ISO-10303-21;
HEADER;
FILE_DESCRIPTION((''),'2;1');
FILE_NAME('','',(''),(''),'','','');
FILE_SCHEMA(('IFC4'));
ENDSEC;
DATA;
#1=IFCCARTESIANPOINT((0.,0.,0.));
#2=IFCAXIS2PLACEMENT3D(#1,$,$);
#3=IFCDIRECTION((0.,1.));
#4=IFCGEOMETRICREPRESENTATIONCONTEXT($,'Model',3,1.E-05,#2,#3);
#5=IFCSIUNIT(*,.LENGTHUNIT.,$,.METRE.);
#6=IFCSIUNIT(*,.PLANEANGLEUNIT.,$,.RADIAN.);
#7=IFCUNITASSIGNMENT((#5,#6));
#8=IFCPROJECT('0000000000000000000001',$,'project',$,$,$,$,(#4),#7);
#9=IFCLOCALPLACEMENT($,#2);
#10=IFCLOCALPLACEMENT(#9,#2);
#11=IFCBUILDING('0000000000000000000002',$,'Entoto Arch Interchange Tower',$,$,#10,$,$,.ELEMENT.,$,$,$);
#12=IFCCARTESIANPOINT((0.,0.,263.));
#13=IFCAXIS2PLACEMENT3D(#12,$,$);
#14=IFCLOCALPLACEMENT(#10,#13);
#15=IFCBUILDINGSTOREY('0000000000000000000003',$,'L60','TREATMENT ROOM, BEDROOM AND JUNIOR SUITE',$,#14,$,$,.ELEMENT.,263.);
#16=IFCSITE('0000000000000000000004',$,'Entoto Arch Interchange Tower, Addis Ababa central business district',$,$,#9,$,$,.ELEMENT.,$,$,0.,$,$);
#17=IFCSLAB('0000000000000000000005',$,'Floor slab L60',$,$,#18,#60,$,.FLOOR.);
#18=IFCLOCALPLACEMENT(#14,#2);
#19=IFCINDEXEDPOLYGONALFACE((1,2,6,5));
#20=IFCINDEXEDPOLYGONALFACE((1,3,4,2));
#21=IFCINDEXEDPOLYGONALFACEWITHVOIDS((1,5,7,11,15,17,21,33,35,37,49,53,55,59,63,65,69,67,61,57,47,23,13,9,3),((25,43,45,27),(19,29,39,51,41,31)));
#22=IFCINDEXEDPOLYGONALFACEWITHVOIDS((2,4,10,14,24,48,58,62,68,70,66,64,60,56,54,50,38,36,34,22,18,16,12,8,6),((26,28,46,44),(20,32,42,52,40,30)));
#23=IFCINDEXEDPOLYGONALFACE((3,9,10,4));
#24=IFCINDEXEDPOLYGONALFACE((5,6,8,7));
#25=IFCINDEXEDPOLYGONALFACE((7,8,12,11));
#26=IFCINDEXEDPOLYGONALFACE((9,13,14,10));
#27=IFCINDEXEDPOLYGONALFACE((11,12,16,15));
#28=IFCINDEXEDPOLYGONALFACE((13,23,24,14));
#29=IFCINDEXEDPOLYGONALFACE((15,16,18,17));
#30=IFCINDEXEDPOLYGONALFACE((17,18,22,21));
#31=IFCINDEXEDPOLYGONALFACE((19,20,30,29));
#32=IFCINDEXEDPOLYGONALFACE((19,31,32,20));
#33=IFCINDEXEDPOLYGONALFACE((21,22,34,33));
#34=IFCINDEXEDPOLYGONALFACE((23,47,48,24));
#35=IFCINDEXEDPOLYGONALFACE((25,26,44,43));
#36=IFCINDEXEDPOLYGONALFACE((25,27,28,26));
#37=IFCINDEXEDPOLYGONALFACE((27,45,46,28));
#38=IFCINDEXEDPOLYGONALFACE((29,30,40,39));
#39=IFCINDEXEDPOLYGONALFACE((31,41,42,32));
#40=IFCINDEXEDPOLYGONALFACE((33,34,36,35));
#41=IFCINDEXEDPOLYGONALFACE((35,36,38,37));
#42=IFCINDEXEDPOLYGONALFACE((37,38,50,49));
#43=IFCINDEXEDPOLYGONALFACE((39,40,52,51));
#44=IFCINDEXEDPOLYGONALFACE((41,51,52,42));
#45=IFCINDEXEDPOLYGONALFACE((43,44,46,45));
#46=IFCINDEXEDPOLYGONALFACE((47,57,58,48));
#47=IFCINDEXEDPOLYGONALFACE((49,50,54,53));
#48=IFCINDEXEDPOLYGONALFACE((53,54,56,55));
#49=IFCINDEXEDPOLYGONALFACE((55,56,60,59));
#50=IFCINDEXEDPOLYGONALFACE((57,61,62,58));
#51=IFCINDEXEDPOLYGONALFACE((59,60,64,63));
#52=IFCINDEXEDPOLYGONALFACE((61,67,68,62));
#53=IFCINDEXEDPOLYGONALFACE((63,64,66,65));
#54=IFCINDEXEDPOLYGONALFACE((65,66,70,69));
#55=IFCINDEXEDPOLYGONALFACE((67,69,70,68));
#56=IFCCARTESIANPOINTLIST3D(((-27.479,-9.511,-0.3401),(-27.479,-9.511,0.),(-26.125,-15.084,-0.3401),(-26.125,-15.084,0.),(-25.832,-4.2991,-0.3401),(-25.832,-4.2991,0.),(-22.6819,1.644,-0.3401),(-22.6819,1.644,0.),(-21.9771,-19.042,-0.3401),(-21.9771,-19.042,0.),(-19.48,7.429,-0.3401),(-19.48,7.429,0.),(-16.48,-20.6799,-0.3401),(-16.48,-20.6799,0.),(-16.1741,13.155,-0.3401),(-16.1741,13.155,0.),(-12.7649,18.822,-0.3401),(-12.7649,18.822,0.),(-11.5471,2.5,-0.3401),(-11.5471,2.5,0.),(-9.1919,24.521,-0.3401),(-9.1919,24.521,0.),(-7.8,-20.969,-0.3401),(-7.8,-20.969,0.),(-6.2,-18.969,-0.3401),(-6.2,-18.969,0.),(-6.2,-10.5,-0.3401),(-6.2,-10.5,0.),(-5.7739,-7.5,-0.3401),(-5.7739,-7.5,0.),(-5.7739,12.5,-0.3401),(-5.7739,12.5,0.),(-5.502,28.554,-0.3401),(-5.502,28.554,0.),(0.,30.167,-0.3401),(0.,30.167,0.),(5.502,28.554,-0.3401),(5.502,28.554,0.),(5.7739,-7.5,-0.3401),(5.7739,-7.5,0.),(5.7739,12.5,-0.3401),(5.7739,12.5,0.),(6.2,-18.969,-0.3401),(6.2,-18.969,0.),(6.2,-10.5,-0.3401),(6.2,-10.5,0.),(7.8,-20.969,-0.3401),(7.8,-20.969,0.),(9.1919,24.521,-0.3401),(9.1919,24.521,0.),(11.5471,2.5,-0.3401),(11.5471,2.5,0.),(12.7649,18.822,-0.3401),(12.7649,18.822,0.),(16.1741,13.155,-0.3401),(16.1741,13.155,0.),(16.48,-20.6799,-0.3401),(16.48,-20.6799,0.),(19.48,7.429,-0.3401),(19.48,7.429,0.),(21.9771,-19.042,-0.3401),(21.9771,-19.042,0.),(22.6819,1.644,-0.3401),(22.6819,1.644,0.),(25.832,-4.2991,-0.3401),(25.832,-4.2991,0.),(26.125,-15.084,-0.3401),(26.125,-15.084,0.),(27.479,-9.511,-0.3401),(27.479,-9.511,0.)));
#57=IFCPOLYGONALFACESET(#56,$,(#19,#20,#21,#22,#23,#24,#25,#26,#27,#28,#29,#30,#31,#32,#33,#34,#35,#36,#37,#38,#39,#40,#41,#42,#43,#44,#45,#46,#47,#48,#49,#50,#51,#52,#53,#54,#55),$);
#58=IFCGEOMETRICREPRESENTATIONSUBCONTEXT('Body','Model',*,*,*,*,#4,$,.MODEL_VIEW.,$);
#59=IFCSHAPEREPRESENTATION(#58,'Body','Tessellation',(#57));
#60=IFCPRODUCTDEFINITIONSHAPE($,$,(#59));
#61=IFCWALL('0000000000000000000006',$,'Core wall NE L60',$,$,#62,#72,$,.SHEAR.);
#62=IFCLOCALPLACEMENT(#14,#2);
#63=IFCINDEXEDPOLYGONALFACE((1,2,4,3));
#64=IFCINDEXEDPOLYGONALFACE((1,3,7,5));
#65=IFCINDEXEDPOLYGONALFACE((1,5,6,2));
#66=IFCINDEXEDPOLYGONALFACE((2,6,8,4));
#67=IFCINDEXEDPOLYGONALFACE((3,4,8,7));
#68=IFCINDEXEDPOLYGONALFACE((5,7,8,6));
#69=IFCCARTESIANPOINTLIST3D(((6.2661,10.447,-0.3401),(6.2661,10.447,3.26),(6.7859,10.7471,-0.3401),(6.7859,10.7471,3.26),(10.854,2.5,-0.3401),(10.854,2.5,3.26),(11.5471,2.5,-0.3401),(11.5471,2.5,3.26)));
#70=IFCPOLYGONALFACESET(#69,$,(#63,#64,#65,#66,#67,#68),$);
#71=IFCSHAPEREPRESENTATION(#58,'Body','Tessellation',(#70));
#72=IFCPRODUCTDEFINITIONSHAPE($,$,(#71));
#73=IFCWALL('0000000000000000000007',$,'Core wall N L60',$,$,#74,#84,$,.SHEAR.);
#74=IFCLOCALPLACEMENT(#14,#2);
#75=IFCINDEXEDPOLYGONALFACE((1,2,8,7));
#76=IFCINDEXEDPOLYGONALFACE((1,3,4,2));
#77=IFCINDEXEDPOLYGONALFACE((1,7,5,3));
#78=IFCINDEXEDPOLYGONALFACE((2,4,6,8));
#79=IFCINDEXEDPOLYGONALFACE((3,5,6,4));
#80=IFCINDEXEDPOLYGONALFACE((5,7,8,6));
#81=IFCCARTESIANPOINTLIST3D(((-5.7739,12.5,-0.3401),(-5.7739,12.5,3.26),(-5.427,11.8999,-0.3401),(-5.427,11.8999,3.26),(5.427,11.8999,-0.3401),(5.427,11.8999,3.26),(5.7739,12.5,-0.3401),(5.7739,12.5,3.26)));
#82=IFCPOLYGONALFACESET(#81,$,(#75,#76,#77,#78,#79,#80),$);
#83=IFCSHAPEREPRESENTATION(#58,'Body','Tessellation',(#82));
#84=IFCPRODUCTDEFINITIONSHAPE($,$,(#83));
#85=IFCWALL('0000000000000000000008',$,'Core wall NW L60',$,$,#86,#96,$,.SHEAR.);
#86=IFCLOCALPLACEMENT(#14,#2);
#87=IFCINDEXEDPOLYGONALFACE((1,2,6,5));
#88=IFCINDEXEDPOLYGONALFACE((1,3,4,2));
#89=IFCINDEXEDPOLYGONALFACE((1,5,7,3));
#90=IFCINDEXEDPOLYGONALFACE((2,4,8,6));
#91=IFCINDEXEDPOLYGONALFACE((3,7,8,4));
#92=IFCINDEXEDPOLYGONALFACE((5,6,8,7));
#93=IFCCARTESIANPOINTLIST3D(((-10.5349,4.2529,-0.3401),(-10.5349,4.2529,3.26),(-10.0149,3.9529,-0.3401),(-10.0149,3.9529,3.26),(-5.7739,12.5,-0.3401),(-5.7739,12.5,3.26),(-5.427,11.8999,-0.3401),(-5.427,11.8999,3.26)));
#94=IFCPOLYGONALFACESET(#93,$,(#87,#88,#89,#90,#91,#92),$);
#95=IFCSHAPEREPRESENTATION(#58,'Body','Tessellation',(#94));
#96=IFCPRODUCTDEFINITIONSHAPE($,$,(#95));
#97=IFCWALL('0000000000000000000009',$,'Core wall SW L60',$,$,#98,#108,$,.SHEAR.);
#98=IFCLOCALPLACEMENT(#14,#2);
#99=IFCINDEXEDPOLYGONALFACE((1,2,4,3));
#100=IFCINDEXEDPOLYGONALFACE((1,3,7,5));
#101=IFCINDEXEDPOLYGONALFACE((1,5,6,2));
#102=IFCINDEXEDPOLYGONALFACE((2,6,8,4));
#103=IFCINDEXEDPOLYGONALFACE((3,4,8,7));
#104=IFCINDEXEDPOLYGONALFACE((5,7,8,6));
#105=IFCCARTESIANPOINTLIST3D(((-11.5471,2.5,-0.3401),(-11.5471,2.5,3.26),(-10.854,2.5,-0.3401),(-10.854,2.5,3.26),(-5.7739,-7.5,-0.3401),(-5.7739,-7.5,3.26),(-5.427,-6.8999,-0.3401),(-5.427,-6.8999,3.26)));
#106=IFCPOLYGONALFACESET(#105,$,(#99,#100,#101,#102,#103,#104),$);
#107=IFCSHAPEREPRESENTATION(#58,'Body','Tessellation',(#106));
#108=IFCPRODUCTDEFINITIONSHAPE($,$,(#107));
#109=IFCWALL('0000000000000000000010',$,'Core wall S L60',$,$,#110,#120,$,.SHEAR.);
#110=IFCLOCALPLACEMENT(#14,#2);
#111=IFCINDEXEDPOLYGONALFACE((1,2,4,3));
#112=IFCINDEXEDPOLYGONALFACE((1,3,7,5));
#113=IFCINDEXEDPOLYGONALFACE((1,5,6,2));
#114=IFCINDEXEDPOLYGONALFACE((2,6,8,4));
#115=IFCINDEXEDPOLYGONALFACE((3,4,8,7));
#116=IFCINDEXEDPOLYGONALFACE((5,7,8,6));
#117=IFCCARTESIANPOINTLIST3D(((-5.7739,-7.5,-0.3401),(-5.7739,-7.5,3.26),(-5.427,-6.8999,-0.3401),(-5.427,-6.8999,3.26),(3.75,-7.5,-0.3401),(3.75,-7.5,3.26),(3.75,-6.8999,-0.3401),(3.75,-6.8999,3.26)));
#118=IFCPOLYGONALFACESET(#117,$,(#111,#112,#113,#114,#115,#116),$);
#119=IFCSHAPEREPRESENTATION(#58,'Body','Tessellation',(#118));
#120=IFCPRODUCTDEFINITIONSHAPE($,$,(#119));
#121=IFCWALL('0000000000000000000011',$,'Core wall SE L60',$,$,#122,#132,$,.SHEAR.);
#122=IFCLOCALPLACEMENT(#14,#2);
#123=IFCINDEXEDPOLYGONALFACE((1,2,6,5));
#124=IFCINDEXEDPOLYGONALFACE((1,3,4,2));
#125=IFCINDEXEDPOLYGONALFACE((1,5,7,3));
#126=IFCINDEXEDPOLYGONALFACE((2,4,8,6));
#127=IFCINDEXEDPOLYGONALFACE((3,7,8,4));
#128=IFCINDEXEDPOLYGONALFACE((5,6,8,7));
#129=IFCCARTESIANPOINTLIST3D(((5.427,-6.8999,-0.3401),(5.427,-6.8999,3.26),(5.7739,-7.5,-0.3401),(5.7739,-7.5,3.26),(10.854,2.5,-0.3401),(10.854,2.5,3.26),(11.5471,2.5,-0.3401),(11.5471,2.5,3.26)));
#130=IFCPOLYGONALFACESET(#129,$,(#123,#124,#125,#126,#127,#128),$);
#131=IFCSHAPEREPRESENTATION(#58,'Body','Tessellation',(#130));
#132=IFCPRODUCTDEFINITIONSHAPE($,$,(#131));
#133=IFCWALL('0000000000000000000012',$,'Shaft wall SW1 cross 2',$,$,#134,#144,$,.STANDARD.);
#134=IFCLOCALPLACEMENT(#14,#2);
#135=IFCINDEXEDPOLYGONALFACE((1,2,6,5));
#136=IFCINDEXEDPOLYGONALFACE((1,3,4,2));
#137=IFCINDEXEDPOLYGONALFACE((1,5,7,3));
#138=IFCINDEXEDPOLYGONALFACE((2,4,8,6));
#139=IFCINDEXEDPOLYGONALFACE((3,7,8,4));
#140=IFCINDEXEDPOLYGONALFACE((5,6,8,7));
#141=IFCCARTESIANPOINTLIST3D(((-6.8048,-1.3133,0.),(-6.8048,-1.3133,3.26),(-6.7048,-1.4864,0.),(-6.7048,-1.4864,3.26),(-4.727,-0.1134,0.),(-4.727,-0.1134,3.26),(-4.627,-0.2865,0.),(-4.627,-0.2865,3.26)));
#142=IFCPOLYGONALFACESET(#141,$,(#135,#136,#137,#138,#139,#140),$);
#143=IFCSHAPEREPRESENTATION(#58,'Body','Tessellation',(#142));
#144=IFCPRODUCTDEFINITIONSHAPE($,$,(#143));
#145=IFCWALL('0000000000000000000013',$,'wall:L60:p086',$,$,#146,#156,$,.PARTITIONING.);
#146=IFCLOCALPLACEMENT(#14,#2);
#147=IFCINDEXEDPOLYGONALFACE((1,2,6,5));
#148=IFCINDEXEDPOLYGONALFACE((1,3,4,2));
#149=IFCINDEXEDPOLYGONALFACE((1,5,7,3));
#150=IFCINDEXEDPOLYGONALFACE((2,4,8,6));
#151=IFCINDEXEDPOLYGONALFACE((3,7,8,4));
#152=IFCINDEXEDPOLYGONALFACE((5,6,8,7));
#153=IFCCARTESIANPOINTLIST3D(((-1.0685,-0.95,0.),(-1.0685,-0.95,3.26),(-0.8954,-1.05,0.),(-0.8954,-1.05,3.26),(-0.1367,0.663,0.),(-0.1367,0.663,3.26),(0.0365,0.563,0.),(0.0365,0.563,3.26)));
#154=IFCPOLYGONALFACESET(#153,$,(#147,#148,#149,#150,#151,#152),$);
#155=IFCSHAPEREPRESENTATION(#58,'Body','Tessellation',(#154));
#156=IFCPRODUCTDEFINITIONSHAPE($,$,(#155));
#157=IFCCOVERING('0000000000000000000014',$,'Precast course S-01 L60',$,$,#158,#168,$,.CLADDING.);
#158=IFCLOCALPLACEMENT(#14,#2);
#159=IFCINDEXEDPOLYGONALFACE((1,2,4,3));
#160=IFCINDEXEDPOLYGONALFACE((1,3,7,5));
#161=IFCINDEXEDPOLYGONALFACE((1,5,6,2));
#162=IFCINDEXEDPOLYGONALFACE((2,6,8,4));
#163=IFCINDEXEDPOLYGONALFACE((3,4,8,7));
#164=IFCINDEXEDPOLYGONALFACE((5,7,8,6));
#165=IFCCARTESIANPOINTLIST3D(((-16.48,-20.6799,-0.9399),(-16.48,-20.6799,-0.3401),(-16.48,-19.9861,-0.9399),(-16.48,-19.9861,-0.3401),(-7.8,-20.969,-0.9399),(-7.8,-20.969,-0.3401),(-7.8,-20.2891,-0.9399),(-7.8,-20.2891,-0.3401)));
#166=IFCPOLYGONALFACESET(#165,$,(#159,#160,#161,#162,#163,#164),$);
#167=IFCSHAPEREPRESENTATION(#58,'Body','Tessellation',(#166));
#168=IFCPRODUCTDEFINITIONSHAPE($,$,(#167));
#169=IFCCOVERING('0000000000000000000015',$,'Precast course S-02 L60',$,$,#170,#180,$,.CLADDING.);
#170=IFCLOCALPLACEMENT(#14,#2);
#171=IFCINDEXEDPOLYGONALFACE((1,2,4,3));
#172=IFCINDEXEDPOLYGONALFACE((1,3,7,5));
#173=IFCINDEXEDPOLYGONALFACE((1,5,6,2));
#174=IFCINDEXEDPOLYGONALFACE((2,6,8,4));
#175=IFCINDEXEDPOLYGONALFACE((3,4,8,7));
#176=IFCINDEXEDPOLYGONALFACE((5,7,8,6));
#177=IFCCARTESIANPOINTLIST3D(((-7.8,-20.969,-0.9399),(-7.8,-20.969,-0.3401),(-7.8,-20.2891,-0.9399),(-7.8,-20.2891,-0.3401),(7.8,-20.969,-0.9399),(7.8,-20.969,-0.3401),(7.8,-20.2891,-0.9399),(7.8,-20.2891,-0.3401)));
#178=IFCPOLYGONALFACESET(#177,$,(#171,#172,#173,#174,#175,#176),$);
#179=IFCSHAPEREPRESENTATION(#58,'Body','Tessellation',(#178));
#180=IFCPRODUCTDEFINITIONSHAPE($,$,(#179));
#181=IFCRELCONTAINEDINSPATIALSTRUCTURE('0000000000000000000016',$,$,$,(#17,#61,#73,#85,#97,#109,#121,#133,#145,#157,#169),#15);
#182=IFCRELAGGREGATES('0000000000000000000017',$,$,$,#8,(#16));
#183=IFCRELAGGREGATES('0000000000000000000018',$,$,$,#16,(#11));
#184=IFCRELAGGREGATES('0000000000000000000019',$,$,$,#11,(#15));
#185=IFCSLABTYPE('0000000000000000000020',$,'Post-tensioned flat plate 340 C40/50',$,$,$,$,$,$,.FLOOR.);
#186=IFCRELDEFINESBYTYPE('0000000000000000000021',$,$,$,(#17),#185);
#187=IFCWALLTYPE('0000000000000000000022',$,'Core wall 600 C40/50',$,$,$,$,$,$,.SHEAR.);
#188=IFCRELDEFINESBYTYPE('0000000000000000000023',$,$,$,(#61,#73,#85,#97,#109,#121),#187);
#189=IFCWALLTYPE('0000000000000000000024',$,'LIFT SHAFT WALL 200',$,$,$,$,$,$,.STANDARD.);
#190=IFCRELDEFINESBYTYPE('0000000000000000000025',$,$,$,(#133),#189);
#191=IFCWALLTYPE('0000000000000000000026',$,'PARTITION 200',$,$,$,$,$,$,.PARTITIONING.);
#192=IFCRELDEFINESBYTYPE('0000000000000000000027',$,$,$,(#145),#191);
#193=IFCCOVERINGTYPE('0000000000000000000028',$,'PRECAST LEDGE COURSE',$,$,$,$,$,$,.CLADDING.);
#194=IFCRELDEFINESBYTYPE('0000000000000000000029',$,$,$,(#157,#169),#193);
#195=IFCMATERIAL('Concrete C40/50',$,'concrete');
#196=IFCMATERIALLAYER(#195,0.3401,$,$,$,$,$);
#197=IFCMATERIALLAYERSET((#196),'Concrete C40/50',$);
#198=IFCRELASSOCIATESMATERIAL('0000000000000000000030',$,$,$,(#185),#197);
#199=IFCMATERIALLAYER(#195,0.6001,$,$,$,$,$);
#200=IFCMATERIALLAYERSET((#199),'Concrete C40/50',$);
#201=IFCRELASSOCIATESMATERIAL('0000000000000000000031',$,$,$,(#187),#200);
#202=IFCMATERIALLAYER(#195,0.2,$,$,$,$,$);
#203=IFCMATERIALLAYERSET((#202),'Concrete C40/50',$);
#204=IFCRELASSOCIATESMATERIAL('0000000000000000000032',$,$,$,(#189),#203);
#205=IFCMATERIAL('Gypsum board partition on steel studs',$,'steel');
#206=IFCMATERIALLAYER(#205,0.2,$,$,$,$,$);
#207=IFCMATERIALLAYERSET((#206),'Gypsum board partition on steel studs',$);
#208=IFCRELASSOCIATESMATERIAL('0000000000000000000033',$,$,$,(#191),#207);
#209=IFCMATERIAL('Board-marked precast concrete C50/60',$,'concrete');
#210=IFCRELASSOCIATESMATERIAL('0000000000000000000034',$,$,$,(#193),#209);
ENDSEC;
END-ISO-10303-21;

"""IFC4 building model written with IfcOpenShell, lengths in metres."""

from ifc_helpers import new_model, si_unit, direction, frame, frame_2d, origin, place, context, subcontext, project, spatial, polyline, rectangle, outline, extrude, material, layer, layer_set, type_object, element, save


model = new_model("IFC4")

# Units and contexts
model_context = context("Model", 3, precision=1e-05, world=origin(), true_north=direction((0.0, 1.0)))
body_context = subcontext(model_context, "Body", "Model", "MODEL_VIEW")
ifc_project = project(units=[si_unit("LENGTHUNIT", "METRE"), si_unit("PLANEANGLEUNIT", "RADIAN")], contexts=[model_context])

# Site, building, storey
site_placement = place(None, origin())
site = spatial("IfcSite", under=ifc_project, at=site_placement, Name="Entoto Arch Interchange Tower, Addis Ababa central business district", CompositionType="ELEMENT", RefElevation=0.0)
building_placement = place(site_placement, origin())
building = spatial("IfcBuilding", under=site, at=building_placement, Name="Entoto Arch Interchange Tower", CompositionType="ELEMENT")
storey_placement = place(building_placement, frame((0.0, 0.0, 263.0)))
storey = spatial("IfcBuildingStorey", under=building, at=storey_placement, Name="L60", Description="TREATMENT ROOM, BEDROOM AND JUNIOR SUITE", CompositionType="ELEMENT", Elevation=263.0)

# Slab
ifc_material_1 = material(Name="Concrete C40/50", Category="concrete")
ifc_layer_1 = layer(ifc_material_1, 0.3401)
ifc_layer_set_1 = layer_set([ifc_layer_1], Name="Concrete C40/50")
slab_type = type_object("IfcSlabType", Name="Post-tensioned flat plate 340 C40/50", PredefinedType="FLOOR", material=ifc_layer_set_1)
slab_placement = place(storey_placement, frame((0.0, 0.0, -0.3401)))
element("IfcSlab", 1, at=slab_placement, inside=storey, type_object=slab_type, Name="Floor slab L60", PredefinedType="FLOOR", context=body_context, shape_type="SweptSolid", body=[
    extrude(outline(polyline([(-16.48, -20.6799), (-7.8, -20.969), (7.8, -20.969), (16.48, -20.6799), (21.9771, -19.042), (26.125, -15.084), (27.479, -9.511), (25.832, -4.2991), (22.6819, 1.644), (19.48, 7.429), (16.1741, 13.155), (12.7649, 18.822), (9.1919, 24.521), (5.502, 28.554), (0.0, 30.167), (-5.502, 28.554), (-9.1919, 24.521), (-12.7649, 18.822), (-16.1741, 13.155), (-19.48, 7.429), (-22.6819, 1.644), (-25.832, -4.2991), (-27.479, -9.511), (-26.125, -15.084), (-21.9771, -19.042), (-16.48, -20.6799)]), holes=[polyline([(6.2, -18.969), (6.2, -10.5), (-6.2, -10.5), (-6.2, -18.969), (6.2, -18.969)]), polyline([(11.5471, 2.5), (5.7739, 12.5), (-5.7739, 12.5), (-11.5471, 2.5), (-5.7739, -7.5), (5.7739, -7.5), (11.5471, 2.5)])]), origin(), (0.0, 0.0, 1.0), 0.3401),
])

# Walls
ifc_layer_2 = layer(ifc_material_1, 0.6001)
ifc_layer_set_2 = layer_set([ifc_layer_2], Name="Concrete C40/50")
wall_type_1 = type_object("IfcWallType", Name="Core wall 600 C40/50", PredefinedType="SHEAR", material=ifc_layer_set_2)
wall_1_placement = place(storey_placement, frame((0.0, 0.0, -0.3401)))
element("IfcWall", 2, at=wall_1_placement, inside=storey, type_object=wall_type_1, Name="Core wall NE L60", PredefinedType="SHEAR", context=body_context, shape_type="SweptSolid", body=[
    extrude(outline(polyline([(6.7859, 10.7471), (6.2661, 10.447), (10.854, 2.5), (11.5471, 2.5), (6.7859, 10.7471)])), origin(), (0.0, 0.0, 1.0), 3.6001),
])
wall_2_placement = place(storey_placement, frame((0.0, 0.0, -0.3401)))
element("IfcWall", 3, at=wall_2_placement, inside=storey, type_object=wall_type_1, Name="Core wall N L60", PredefinedType="SHEAR", context=body_context, shape_type="SweptSolid", body=[
    extrude(outline(polyline([(5.7739, 12.5), (-5.7739, 12.5), (-5.427, 11.8999), (5.427, 11.8999), (5.7739, 12.5)])), origin(), (0.0, 0.0, 1.0), 3.6001),
])
wall_3_placement = place(storey_placement, frame((0.0, 0.0, -0.3401)))
element("IfcWall", 4, at=wall_3_placement, inside=storey, type_object=wall_type_1, Name="Core wall NW L60", PredefinedType="SHEAR", context=body_context, shape_type="SweptSolid", body=[
    extrude(outline(polyline([(-10.5349, 4.2529), (-10.0149, 3.9529), (-5.427, 11.8999), (-5.7739, 12.5), (-10.5349, 4.2529)])), origin(), (0.0, 0.0, 1.0), 3.6001),
])
wall_4_placement = place(storey_placement, frame((0.0, 0.0, -0.3401)))
element("IfcWall", 5, at=wall_4_placement, inside=storey, type_object=wall_type_1, Name="Core wall SW L60", PredefinedType="SHEAR", context=body_context, shape_type="SweptSolid", body=[
    extrude(outline(polyline([(-11.5471, 2.5), (-5.7739, -7.5), (-5.427, -6.8999), (-10.854, 2.5), (-11.5471, 2.5)])), origin(), (0.0, 0.0, 1.0), 3.6001),
])
wall_5_placement = place(storey_placement, frame((0.0, 0.0, -0.3401)))
element("IfcWall", 6, at=wall_5_placement, inside=storey, type_object=wall_type_1, Name="Core wall S L60", PredefinedType="SHEAR", context=body_context, shape_type="SweptSolid", body=[
    extrude(outline(polyline([(3.75, -7.5), (3.75, -6.8999), (-5.427, -6.8999), (-5.7739, -7.5), (3.75, -7.5)])), origin(), (0.0, 0.0, 1.0), 3.6001),
])
wall_6_placement = place(storey_placement, frame((0.0, 0.0, -0.3401)))
element("IfcWall", 7, at=wall_6_placement, inside=storey, type_object=wall_type_1, Name="Core wall SE L60", PredefinedType="SHEAR", context=body_context, shape_type="SweptSolid", body=[
    extrude(outline(polyline([(5.7739, -7.5), (11.5471, 2.5), (10.854, 2.5), (5.427, -6.8999), (5.7739, -7.5)])), origin(), (0.0, 0.0, 1.0), 3.6001),
])
ifc_layer_3 = layer(ifc_material_1, 0.2)
ifc_layer_set_3 = layer_set([ifc_layer_3], Name="Concrete C40/50")
wall_type_2 = type_object("IfcWallType", Name="LIFT SHAFT WALL 200", PredefinedType="STANDARD", material=ifc_layer_set_3)
wall_7_placement = place(storey_placement, frame((-4.677, -0.2, 0.0), z_axis=(0.0, 0.0, 1.0), x_axis=(-0.865974, -0.500089, 0.0)))
element("IfcWall", 8, at=wall_7_placement, inside=storey, type_object=wall_type_2, Name="Shaft wall SW1 cross 2", PredefinedType="STANDARD", context=body_context, shape_type="SweptSolid", body=[
    extrude(rectangle(XDim=2.3994, YDim=0.2, at=frame_2d((1.1997, 0.0))), origin(), (0.0, 0.0, 1.0), 3.26),
])
ifc_material_2 = material(Name="Gypsum board partition on steel studs", Category="steel")
ifc_layer_4 = layer(ifc_material_2, 0.2)
ifc_layer_set_4 = layer_set([ifc_layer_4], Name="Gypsum board partition on steel studs")
wall_type_3 = type_object("IfcWallType", Name="PARTITION 200", PredefinedType="PARTITIONING", material=ifc_layer_set_4)
wall_8_placement = place(storey_placement, frame((-0.9819, -1.0, 0.0), z_axis=(0.0, 0.0, 1.0), x_axis=(0.50024, 0.865887, 0.0)))
element("IfcWall", 9, at=wall_8_placement, inside=storey, type_object=wall_type_3, Name="wall:L60:p086", PredefinedType="PARTITIONING", context=body_context, shape_type="SweptSolid", body=[
    extrude(rectangle(XDim=1.8628, YDim=0.2, at=frame_2d((0.9314, 0.0))), origin(), (0.0, 0.0, 1.0), 3.26),
])

# Coverings
ifc_material_3 = material(Name="Board-marked precast concrete C50/60", Category="concrete")
covering_type = type_object("IfcCoveringType", Name="PRECAST LEDGE COURSE", PredefinedType="CLADDING", material=ifc_material_3)
covering_1_placement = place(storey_placement, frame((0.0, 0.0, -0.9399)))
element("IfcCovering", 10, at=covering_1_placement, inside=storey, type_object=covering_type, Name="Precast course S-01 L60", PredefinedType="CLADDING", context=body_context, shape_type="SweptSolid", body=[
    extrude(outline(polyline([(-7.8, -20.2891), (-7.8, -20.969), (-16.48, -20.6799), (-16.48, -19.9861), (-7.8, -20.2891)])), origin(), (0.0, 0.0, 1.0), 0.5999),
])
covering_2_placement = place(storey_placement, frame((0.0, 0.0, -0.9399)))
element("IfcCovering", 11, at=covering_2_placement, inside=storey, type_object=covering_type, Name="Precast course S-02 L60", PredefinedType="CLADDING", context=body_context, shape_type="SweptSolid", body=[
    extrude(outline(polyline([(7.8, -20.2891), (7.8, -20.969), (-7.8, -20.969), (-7.8, -20.2891), (7.8, -20.2891)])), origin(), (0.0, 0.0, 1.0), 0.5999),
])

save(model, "model.ifc")
